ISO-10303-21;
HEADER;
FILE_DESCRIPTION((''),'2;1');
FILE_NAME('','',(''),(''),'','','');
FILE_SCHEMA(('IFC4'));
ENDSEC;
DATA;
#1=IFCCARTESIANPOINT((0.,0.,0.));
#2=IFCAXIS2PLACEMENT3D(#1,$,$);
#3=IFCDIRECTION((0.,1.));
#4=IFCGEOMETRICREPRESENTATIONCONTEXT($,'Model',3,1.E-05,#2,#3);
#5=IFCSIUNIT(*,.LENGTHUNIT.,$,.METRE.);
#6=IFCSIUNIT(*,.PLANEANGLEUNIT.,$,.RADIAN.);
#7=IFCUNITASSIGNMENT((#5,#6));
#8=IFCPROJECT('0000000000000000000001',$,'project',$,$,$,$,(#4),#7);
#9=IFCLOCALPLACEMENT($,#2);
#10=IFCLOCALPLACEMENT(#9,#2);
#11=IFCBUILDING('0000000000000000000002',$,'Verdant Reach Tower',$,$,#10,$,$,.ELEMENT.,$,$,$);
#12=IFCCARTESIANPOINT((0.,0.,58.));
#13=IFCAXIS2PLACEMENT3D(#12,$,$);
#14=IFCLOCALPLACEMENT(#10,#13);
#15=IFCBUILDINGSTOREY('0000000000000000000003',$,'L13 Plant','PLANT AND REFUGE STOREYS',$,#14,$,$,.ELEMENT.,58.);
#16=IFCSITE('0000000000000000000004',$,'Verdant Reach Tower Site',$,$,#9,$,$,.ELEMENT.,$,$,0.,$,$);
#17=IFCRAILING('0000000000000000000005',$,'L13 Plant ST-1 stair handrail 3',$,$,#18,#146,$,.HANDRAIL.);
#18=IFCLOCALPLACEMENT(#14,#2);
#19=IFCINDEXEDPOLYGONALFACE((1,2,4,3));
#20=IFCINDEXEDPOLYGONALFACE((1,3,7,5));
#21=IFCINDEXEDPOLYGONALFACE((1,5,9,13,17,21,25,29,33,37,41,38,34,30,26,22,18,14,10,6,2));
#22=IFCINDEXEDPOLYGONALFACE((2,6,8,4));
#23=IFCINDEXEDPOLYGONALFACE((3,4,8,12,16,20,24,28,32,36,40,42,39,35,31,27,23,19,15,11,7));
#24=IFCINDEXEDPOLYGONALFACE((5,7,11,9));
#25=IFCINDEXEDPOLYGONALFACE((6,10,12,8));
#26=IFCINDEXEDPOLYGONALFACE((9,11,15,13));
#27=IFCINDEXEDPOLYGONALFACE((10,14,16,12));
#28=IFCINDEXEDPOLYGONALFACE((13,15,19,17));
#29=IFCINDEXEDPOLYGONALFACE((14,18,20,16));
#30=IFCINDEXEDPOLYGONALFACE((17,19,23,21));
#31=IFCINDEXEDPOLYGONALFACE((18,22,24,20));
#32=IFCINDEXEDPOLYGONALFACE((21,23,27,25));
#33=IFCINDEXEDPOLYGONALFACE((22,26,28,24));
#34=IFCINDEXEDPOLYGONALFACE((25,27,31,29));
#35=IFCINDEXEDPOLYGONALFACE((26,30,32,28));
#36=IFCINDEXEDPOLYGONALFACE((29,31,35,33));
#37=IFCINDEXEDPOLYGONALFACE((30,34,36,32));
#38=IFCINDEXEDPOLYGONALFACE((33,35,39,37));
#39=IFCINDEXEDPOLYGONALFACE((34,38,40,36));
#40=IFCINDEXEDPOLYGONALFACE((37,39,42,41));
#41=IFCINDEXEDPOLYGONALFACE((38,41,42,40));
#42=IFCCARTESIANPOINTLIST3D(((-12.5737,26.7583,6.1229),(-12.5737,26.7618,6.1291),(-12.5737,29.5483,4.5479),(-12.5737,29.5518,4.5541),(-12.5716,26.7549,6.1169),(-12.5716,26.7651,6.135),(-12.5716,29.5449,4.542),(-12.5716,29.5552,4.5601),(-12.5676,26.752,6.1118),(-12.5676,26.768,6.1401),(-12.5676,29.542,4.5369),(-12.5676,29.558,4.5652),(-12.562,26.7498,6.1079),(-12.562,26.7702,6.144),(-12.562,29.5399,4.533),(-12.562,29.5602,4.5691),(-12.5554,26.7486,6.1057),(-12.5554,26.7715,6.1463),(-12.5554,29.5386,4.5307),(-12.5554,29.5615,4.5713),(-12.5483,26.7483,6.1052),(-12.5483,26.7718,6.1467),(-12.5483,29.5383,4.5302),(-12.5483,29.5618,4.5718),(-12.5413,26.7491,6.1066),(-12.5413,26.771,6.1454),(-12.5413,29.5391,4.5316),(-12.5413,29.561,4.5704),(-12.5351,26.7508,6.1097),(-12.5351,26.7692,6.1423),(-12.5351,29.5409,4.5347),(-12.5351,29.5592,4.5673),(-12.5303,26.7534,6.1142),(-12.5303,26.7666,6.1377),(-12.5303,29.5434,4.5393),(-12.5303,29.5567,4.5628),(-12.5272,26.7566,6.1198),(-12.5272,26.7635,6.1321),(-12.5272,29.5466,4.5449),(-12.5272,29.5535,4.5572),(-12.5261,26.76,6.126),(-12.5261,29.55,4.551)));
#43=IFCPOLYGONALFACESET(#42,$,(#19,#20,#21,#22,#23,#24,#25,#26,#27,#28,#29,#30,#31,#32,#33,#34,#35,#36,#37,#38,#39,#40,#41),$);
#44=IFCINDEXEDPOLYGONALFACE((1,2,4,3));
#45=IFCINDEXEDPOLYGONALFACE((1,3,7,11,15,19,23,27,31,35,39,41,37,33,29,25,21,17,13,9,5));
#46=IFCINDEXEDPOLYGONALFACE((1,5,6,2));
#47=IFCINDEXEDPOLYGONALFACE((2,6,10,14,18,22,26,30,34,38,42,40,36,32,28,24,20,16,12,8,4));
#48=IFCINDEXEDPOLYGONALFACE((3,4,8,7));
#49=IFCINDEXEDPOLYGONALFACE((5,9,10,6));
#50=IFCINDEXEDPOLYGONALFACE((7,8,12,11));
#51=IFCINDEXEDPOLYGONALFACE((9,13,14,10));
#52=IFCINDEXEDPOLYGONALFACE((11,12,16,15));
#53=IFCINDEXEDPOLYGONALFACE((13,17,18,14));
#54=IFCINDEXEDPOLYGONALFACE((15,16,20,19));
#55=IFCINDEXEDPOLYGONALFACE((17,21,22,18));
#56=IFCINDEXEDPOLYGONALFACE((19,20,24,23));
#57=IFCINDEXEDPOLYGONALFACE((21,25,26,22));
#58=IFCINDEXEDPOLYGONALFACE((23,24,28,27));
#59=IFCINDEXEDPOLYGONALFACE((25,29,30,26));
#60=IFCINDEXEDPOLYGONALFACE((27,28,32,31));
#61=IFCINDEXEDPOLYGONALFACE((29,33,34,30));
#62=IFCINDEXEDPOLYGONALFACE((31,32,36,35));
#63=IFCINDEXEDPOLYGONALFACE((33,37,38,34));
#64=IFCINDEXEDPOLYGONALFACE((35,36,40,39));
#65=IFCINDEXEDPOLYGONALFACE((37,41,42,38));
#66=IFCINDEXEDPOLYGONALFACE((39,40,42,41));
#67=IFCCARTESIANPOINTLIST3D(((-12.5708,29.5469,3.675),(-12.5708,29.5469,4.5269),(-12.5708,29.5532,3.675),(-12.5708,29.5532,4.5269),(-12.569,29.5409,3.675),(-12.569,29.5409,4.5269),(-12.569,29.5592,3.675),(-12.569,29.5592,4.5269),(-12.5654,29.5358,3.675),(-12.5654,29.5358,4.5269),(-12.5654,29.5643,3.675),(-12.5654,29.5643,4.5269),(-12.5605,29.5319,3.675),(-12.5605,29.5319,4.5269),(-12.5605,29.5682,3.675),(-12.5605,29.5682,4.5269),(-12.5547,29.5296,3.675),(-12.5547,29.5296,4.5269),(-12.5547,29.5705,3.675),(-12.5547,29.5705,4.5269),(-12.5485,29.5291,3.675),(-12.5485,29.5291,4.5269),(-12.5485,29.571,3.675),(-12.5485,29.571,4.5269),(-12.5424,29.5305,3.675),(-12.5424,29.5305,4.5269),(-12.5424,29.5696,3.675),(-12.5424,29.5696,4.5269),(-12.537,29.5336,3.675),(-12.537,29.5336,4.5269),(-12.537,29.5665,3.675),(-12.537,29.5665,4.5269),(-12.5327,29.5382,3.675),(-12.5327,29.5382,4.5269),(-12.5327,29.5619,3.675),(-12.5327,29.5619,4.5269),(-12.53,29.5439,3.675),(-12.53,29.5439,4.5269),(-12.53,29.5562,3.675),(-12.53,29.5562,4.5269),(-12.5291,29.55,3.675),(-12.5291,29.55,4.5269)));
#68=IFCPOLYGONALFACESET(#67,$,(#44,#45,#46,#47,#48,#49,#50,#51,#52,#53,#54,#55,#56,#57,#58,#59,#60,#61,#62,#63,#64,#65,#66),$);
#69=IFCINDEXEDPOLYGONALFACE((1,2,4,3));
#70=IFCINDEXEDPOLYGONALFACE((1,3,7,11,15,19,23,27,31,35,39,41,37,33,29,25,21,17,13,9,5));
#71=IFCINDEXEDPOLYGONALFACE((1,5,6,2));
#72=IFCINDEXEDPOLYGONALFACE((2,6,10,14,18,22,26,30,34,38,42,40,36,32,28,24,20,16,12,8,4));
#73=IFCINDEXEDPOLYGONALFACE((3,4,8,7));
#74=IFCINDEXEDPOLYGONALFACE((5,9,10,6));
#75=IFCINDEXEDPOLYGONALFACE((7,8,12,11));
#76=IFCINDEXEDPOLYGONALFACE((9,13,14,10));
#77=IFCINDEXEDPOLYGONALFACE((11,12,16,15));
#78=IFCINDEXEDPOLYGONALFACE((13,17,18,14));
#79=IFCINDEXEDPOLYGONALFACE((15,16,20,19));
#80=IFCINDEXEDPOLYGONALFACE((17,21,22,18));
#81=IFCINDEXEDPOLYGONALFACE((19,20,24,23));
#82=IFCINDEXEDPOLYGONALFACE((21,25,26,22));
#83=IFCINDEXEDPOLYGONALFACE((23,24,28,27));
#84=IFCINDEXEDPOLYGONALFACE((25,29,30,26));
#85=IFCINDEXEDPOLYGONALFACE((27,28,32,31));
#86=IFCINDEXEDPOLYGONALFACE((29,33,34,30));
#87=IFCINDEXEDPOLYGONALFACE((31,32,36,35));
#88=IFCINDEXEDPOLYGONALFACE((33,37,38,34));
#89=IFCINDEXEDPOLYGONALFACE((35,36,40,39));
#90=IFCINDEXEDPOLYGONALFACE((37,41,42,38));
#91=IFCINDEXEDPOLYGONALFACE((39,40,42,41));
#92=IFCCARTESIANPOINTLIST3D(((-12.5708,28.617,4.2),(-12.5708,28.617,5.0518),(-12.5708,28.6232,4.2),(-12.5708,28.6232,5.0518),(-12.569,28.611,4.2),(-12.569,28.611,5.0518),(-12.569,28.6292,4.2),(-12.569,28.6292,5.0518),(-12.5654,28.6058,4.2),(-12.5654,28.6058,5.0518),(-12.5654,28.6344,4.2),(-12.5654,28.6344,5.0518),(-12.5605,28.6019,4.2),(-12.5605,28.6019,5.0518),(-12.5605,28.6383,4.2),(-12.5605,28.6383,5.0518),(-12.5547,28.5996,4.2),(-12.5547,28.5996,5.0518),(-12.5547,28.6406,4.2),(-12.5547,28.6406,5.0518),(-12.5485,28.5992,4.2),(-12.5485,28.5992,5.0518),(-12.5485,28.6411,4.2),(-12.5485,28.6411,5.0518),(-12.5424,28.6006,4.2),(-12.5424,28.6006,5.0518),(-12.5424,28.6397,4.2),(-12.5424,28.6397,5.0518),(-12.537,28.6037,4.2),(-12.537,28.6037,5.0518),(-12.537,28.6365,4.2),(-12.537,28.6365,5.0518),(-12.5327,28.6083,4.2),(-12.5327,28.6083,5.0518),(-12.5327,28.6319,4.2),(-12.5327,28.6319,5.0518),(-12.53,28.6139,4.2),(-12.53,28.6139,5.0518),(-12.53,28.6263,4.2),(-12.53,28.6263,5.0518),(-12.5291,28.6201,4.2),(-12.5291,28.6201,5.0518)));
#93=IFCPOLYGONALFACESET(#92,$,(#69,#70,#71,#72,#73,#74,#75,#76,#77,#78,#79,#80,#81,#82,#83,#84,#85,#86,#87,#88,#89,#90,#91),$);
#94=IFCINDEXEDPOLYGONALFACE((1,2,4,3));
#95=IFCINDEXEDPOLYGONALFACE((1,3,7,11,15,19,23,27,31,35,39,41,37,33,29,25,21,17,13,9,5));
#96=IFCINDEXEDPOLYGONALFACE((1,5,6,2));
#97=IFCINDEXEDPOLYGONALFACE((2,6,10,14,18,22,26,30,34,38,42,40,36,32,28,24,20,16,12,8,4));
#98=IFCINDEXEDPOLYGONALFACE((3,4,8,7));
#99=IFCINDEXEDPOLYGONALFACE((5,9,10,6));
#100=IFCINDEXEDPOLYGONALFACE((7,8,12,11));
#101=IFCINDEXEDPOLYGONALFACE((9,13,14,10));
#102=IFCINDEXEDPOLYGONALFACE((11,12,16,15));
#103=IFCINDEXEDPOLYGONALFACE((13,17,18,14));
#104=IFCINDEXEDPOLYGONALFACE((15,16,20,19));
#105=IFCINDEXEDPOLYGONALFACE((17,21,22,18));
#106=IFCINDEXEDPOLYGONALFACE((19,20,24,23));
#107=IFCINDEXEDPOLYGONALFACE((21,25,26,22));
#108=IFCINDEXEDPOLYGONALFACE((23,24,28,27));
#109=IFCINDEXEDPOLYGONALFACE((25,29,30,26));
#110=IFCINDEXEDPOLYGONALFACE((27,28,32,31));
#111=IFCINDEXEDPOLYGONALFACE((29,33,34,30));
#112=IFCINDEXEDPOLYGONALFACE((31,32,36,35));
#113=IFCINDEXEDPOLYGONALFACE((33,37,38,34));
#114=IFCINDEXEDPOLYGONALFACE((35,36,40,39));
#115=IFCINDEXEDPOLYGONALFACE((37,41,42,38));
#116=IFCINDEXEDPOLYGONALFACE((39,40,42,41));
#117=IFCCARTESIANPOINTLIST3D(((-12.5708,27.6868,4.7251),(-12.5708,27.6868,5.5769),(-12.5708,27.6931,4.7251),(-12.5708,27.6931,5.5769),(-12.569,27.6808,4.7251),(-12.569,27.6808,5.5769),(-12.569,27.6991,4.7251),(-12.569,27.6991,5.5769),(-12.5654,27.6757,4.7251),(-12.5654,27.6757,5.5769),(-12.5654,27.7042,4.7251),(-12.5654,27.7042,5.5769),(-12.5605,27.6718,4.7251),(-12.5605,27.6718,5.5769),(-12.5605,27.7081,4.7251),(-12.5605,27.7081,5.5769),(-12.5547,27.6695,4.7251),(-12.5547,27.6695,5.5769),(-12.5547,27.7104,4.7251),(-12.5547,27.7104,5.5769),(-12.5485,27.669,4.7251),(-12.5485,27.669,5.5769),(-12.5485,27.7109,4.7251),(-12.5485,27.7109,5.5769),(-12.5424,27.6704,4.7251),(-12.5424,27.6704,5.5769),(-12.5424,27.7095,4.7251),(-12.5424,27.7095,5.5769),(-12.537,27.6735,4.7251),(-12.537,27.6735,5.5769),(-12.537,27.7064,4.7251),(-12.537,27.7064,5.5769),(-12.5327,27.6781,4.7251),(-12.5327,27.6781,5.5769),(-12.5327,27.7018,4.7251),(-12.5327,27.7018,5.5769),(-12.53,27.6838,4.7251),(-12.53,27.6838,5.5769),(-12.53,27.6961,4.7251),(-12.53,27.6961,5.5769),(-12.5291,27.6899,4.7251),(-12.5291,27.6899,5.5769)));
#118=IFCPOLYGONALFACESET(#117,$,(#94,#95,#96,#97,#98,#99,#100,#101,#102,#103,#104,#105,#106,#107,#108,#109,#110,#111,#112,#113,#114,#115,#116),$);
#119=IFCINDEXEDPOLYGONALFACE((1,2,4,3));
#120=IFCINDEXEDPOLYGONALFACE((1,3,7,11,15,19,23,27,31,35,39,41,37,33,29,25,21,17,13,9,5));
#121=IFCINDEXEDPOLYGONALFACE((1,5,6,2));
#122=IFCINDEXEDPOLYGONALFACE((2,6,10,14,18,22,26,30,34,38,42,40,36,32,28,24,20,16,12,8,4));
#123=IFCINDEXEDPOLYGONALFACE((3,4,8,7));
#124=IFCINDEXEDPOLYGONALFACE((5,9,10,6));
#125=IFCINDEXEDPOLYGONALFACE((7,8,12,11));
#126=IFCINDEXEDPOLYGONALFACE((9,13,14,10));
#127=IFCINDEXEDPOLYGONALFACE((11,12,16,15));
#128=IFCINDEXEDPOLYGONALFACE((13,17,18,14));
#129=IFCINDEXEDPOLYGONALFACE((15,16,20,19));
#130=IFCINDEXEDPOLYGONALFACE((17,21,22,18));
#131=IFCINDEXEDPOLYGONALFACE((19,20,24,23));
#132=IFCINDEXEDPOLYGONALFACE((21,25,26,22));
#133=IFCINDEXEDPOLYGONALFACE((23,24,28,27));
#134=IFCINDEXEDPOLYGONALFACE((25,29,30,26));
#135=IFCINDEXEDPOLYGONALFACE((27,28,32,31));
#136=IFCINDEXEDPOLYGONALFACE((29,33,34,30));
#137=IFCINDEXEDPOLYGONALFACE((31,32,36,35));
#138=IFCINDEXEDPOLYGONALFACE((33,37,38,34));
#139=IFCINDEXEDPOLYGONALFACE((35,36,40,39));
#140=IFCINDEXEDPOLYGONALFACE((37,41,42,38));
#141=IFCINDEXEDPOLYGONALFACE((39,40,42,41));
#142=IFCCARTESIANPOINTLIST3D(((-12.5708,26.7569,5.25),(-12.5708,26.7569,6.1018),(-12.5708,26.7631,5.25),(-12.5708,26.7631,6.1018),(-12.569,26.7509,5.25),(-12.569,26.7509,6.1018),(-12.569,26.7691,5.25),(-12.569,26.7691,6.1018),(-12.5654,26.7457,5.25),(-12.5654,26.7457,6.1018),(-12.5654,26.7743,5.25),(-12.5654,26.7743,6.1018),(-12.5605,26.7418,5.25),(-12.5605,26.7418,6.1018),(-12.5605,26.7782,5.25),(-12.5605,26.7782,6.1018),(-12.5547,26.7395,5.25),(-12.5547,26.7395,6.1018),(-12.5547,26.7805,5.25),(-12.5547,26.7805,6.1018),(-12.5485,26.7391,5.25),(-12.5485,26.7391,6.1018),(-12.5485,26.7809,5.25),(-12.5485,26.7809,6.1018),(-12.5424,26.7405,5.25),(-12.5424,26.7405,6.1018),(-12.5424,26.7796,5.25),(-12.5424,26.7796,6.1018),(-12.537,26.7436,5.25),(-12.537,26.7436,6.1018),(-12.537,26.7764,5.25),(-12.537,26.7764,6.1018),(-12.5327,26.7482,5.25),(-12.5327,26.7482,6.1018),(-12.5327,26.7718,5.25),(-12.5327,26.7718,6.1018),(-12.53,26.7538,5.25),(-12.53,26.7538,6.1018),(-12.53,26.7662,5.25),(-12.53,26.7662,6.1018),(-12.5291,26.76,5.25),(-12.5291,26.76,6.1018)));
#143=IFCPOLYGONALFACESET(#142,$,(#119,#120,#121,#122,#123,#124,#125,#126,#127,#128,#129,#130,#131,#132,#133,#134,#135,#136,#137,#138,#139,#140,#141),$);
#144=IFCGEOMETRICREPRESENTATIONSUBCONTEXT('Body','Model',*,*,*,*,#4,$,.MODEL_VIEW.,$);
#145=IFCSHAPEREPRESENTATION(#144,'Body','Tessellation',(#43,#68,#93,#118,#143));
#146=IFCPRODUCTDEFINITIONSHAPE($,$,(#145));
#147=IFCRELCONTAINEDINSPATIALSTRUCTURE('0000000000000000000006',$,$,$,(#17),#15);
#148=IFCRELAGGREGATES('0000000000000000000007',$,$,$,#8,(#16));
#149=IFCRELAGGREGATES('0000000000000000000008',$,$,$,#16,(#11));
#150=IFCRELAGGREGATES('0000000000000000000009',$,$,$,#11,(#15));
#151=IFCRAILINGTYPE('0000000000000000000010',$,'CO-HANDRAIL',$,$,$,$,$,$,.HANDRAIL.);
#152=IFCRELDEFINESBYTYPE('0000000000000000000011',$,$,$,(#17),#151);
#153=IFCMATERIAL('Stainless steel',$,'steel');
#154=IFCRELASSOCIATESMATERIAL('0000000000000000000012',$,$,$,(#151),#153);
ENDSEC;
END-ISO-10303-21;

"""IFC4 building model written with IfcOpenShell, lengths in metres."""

from ifc_helpers import new_model, si_unit, direction, frame, origin, origin_2d, place, context, subcontext, project, spatial, circle, extrude, material, type_object, element, save


model = new_model("IFC4")

# Units and contexts
model_context = context("Model", 3, precision=1e-05, world=origin(), true_north=direction((0.0, 1.0)))
body_context = subcontext(model_context, "Body", "Model", "MODEL_VIEW")
ifc_project = project(units=[si_unit("LENGTHUNIT", "METRE"), si_unit("PLANEANGLEUNIT", "RADIAN")], contexts=[model_context])

# Site, building, storey
site_placement = place(None, origin())
site = spatial("IfcSite", under=ifc_project, at=site_placement, Name="Verdant Reach Tower Site", CompositionType="ELEMENT", RefElevation=0.0)
building_placement = place(site_placement, origin())
building = spatial("IfcBuilding", under=site, at=building_placement, Name="Verdant Reach Tower", CompositionType="ELEMENT")
storey_placement = place(building_placement, frame((0.0, 0.0, 58.0)))
storey = spatial("IfcBuildingStorey", under=building, at=storey_placement, Name="L13 Plant", Description="PLANT AND REFUGE STOREYS", CompositionType="ELEMENT", Elevation=58.0)

# Shared definitions
ifc_material_1 = material(Name="Stainless steel", Category="steel")

# Railing
railing_type_1 = type_object("IfcRailingType", Name="CO-HANDRAIL", PredefinedType="HANDRAIL", material=ifc_material_1)
for number, where, name in (
    (1, (-12.55, 29.55, 3.675), "L13 Plant ST-1 stair handrail 3"),
):
    element("IfcRailing", number, at=place(storey_placement, frame(where)), inside=storey, type_object=railing_type_1, Name=name, PredefinedType="HANDRAIL", context=body_context, shape_type="SweptSolid", body=[
        extrude(circle(Radius=0.0239, at=origin_2d()), frame((0.0, 0.0, 0.876), z_axis=(0.0, -0.870834, 0.491578), x_axis=(1.0, 0.0, 0.0)), (0.0, 0.0, 1.0), 3.2039),
        extrude(circle(Radius=0.021, at=origin_2d()), origin(), (0.0, 0.0, 1.0), 0.8518),
        extrude(circle(Radius=0.021, at=origin_2d()), frame((0.0, -0.9299, 0.5249)), (0.0, 0.0, 1.0), 0.8518),
        extrude(circle(Radius=0.021, at=origin_2d()), frame((0.0, -1.8601, 1.05)), (0.0, 0.0, 1.0), 0.8518),
        extrude(circle(Radius=0.021, at=origin_2d()), frame((0.0, -2.79, 1.575)), (0.0, 0.0, 1.0), 0.8518),
    ])

save(model, "model.ifc")
